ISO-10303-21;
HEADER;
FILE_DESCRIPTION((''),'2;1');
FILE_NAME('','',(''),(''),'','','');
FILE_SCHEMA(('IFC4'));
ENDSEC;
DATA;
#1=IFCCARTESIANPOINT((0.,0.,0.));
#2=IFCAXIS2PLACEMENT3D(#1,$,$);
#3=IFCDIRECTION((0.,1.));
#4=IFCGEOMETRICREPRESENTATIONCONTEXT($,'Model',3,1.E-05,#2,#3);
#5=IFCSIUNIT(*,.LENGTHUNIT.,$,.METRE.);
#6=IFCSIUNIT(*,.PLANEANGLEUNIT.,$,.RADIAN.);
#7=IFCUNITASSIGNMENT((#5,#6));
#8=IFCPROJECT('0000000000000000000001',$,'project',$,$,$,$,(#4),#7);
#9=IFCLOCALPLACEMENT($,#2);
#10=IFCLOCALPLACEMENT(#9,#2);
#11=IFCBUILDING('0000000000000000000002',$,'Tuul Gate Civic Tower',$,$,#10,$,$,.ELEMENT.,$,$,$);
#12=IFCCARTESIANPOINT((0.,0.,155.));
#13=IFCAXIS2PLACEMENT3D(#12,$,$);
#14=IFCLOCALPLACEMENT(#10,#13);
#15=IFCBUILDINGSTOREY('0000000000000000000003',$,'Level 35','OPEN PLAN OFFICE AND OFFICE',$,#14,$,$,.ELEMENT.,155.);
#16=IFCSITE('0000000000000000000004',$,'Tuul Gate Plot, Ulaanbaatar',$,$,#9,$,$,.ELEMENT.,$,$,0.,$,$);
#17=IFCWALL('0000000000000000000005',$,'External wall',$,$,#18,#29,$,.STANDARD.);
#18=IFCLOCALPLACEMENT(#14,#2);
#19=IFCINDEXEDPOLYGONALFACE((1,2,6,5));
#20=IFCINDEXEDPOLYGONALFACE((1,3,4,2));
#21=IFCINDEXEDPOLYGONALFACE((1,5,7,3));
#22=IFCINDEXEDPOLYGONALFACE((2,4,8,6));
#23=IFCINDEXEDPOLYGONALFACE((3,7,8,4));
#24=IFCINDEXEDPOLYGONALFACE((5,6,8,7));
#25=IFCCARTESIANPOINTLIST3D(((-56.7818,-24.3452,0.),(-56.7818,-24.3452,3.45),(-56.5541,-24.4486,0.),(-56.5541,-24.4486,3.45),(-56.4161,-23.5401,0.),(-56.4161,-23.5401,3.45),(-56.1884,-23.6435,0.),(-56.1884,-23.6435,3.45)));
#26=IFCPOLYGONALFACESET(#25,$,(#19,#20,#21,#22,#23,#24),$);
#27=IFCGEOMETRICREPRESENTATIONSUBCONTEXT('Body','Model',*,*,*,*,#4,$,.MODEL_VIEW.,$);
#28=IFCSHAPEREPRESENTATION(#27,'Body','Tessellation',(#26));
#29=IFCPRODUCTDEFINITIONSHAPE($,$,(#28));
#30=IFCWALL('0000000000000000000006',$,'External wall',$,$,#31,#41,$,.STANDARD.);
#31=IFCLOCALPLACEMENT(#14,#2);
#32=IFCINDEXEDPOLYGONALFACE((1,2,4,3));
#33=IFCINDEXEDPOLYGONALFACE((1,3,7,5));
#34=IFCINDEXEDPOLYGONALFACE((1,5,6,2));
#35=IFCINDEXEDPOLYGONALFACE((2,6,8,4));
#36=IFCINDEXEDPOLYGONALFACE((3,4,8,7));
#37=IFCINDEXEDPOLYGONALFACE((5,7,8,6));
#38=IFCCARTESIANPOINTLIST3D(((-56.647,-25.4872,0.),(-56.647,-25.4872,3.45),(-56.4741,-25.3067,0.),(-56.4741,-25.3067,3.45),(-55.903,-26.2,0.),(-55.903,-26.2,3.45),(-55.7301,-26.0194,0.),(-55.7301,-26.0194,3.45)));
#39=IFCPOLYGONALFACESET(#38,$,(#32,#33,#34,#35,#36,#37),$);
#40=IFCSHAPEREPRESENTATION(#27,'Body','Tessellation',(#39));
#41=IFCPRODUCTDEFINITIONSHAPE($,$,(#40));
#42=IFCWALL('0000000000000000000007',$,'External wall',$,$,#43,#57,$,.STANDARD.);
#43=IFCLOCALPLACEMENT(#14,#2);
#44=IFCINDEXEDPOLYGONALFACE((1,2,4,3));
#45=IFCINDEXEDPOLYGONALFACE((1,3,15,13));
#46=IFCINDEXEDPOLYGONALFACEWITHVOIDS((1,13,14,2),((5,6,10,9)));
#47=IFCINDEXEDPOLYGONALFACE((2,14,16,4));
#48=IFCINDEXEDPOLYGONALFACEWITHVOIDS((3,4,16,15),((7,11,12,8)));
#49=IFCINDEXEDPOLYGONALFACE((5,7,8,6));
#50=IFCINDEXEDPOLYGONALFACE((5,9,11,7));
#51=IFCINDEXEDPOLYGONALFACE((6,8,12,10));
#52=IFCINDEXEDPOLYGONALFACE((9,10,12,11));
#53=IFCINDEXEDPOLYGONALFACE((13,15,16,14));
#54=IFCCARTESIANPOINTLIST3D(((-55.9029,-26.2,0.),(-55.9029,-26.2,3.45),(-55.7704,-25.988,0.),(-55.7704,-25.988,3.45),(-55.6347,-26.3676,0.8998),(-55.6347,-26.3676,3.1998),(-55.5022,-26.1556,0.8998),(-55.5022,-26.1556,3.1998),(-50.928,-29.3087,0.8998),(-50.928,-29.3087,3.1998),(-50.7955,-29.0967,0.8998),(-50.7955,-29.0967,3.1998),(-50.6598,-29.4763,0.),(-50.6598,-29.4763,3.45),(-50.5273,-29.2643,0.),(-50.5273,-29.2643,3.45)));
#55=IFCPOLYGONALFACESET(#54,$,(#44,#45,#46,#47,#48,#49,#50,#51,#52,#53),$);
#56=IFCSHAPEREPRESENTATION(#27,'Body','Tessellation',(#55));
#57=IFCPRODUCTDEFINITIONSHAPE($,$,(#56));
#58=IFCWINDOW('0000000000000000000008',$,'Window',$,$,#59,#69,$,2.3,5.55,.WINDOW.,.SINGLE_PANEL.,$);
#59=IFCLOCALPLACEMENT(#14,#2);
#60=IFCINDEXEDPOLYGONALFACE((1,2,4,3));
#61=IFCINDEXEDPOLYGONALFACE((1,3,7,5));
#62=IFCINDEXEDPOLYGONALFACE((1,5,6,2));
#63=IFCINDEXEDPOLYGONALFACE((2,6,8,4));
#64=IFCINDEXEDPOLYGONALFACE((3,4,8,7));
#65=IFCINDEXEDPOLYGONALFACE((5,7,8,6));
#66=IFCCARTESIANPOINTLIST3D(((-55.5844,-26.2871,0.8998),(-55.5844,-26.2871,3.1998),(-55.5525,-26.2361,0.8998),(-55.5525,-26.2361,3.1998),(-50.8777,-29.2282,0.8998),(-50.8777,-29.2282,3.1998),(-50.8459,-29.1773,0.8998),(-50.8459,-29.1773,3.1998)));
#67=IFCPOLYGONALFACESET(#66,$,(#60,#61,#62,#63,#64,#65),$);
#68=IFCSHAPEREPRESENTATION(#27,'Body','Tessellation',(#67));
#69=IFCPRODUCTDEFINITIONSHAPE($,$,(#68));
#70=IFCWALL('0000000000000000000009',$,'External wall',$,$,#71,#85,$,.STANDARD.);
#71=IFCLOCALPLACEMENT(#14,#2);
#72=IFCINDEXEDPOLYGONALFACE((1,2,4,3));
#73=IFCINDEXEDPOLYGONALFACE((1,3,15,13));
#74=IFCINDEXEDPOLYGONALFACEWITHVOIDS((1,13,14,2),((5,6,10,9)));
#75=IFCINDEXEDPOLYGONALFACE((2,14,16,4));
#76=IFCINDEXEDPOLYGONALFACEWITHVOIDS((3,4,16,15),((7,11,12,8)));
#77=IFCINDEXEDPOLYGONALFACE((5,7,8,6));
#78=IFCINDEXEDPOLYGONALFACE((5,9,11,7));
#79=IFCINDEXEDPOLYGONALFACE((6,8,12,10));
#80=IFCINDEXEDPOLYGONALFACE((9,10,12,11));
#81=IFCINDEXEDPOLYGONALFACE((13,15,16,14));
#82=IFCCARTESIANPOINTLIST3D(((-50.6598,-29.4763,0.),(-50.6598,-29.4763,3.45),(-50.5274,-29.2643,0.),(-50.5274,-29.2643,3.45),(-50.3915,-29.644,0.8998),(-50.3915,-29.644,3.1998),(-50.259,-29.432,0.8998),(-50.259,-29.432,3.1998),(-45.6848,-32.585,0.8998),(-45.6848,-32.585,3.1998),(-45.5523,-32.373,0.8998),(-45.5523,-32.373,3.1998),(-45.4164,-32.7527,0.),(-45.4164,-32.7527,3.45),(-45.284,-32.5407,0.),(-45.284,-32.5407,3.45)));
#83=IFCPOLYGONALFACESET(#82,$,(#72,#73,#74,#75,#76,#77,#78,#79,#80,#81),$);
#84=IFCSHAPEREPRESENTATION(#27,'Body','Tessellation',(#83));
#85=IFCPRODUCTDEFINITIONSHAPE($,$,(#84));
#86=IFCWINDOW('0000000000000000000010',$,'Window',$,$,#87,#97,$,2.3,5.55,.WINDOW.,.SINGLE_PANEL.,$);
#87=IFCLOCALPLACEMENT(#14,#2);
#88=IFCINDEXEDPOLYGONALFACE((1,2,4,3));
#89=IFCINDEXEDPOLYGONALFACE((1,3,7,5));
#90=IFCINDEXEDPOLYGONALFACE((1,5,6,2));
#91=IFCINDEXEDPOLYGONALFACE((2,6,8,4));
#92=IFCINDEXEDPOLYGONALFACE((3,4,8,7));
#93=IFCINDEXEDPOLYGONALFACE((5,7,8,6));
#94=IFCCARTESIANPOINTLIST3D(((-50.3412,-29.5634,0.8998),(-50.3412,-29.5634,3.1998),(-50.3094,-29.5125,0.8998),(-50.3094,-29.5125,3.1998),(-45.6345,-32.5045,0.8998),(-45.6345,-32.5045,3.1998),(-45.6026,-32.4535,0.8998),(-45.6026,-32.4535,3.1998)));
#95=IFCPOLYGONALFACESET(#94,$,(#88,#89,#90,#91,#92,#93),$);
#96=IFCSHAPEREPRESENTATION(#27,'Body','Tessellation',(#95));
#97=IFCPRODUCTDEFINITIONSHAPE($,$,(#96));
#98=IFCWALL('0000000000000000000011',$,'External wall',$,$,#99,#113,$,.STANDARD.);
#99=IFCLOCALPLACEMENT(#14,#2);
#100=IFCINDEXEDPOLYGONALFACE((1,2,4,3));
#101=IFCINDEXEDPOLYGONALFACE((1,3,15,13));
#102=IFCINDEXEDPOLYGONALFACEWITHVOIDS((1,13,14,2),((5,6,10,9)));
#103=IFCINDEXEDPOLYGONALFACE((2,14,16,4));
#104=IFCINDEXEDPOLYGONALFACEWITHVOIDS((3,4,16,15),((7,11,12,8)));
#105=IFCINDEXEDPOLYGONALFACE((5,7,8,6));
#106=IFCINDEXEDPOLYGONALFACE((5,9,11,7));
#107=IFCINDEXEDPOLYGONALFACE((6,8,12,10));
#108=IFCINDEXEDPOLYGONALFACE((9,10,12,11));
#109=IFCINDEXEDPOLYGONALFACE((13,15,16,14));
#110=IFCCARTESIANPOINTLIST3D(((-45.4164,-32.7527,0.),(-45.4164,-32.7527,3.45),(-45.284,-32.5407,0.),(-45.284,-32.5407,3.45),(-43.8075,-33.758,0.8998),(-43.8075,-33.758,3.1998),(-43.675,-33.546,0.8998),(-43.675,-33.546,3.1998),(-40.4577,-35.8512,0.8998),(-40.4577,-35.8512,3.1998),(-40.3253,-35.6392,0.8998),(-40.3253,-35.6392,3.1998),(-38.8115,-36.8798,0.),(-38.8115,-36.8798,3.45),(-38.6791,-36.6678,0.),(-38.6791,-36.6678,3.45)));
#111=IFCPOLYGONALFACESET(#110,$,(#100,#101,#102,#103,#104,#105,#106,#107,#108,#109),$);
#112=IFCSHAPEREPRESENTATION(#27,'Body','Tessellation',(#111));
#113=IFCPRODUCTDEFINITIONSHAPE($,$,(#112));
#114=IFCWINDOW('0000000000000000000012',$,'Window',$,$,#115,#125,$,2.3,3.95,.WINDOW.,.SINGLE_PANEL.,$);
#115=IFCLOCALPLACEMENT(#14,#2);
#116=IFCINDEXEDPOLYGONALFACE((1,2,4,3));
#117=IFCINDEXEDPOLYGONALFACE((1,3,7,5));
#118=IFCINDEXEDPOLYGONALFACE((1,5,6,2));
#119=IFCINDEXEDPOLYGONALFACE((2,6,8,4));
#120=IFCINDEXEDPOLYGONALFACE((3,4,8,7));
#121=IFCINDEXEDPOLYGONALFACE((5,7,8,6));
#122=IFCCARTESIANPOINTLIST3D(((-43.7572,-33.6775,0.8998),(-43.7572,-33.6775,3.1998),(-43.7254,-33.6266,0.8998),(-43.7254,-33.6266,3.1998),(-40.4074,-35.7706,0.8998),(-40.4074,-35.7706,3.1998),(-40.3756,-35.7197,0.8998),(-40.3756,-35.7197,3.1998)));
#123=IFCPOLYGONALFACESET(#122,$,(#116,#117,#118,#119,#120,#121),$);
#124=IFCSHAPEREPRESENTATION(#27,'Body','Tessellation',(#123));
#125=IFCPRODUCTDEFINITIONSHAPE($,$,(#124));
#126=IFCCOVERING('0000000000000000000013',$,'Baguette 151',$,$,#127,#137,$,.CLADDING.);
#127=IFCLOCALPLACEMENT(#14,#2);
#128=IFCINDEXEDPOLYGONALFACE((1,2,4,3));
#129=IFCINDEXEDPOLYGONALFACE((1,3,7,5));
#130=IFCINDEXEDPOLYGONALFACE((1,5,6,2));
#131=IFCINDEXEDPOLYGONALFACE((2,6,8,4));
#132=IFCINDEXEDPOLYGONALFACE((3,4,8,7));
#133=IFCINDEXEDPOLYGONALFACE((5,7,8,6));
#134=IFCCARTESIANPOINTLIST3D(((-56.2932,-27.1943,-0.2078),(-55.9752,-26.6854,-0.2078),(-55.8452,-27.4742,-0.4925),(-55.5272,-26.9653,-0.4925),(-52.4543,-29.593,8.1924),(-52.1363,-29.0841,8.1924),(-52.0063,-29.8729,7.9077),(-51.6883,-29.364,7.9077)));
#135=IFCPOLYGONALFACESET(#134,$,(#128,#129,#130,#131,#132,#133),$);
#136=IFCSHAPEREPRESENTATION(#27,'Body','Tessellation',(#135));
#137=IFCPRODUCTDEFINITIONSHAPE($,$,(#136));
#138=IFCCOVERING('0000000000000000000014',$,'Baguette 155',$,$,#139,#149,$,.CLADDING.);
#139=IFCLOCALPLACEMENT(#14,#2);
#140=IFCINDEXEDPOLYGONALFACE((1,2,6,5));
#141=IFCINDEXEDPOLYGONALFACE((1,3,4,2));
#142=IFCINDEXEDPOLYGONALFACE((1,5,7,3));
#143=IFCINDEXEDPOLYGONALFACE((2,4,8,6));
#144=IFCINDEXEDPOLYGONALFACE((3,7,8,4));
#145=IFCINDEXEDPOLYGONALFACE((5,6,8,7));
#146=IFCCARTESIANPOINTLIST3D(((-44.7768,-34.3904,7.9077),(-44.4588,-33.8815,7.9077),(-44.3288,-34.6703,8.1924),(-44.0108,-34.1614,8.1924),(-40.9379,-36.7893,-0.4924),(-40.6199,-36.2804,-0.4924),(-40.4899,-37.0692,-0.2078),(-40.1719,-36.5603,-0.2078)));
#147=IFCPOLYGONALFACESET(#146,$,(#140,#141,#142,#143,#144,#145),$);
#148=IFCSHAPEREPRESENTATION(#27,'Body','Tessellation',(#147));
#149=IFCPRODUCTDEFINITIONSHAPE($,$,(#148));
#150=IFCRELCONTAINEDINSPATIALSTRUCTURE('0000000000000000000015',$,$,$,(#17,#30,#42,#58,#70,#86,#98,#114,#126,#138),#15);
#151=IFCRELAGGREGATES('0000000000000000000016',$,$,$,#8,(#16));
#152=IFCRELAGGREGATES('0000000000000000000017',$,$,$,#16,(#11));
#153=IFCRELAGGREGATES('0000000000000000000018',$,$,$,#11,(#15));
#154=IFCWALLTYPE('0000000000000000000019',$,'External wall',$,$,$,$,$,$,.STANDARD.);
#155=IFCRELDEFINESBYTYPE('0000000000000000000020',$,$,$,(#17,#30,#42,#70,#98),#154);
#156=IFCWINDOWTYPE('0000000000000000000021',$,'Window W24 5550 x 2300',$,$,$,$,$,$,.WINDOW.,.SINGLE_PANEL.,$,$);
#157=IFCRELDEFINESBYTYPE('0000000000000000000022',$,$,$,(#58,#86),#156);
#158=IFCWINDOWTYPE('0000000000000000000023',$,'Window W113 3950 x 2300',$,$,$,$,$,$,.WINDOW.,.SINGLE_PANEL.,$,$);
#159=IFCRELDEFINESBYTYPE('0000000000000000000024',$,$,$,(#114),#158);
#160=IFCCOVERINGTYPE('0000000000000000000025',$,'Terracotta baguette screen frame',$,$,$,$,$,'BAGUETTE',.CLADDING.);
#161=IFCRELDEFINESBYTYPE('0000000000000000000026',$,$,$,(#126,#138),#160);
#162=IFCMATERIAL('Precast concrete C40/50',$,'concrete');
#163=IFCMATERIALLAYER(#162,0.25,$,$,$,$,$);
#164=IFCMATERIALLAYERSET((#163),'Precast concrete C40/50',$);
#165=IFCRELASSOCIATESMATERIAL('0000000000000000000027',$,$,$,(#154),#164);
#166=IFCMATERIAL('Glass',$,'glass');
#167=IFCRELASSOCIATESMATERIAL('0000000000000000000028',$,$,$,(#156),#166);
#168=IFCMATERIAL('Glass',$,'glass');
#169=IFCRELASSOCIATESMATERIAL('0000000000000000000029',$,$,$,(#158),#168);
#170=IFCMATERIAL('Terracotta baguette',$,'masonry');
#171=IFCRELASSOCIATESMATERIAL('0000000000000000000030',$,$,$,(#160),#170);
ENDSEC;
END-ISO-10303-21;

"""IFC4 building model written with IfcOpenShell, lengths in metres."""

from ifc_helpers import new_model, si_unit, direction, frame, frame_2d, origin, origin_2d, place, context, subcontext, project, spatial, rectangle, extrude, material, layer, layer_set, material_profile, profile_set, type_object, element, fill, save


model = new_model("IFC4")

# Units and contexts
model_context = context("Model", 3, precision=1e-05, world=origin(), true_north=direction((0.0, 1.0)))
body_context = subcontext(model_context, "Body", "Model", "MODEL_VIEW")
ifc_project = project(units=[si_unit("LENGTHUNIT", "METRE"), si_unit("PLANEANGLEUNIT", "RADIAN")], contexts=[model_context])

# Site, building, storey
site_placement = place(None, origin())
site = spatial("IfcSite", under=ifc_project, at=site_placement, Name="Tuul Gate Plot, Ulaanbaatar", CompositionType="ELEMENT", RefElevation=0.0)
building_placement = place(site_placement, origin())
building = spatial("IfcBuilding", under=site, at=building_placement, Name="Tuul Gate Civic Tower", CompositionType="ELEMENT")
storey_placement = place(building_placement, frame((0.0, 0.0, 155.0)))
storey = spatial("IfcBuildingStorey", under=building, at=storey_placement, Name="Level 35", Description="OPEN PLAN OFFICE AND OFFICE", CompositionType="ELEMENT", Elevation=155.0)

# Walls
ifc_material_1 = material(Name="Precast concrete C40/50", Category="concrete")
ifc_layer_1 = layer(ifc_material_1, 0.25)
ifc_layer_set_1 = layer_set([ifc_layer_1], Name="Precast concrete C40/50")
wall_type_1 = type_object("IfcWallType", Name="External wall", PredefinedType="STANDARD", material=ifc_layer_set_1)
wall_1_placement = place(storey_placement, frame((-56.3022, -23.5918, 0.0), z_axis=(0.0, 0.0, 1.0), x_axis=(-0.413553, -0.91048, 0.0)))
element("IfcWall", 1, at=wall_1_placement, inside=storey, type_object=wall_type_1, Name="External wall", PredefinedType="STANDARD", context=body_context, shape_type="SweptSolid", body=[
    extrude(rectangle(XDim=0.8843, YDim=0.25, at=frame_2d((0.4421, 0.0))), origin(), (0.0, 0.0, 1.0), 3.45),
])
wall_2_placement = place(storey_placement, frame((-56.5605, -25.397, 0.0), z_axis=(0.0, 0.0, 1.0), x_axis=(0.722112, -0.691777, 0.0)))
element("IfcWall", 2, at=wall_2_placement, inside=storey, type_object=wall_type_1, Name="External wall", PredefinedType="STANDARD", context=body_context, shape_type="SweptSolid", body=[
    extrude(rectangle(XDim=1.0303, YDim=0.25, at=frame_2d((0.5151, 0.0))), origin(), (0.0, 0.0, 1.0), 3.45),
])

# Walls, openings, windows
wall_3_placement = place(storey_placement, frame((-55.8367, -26.094, 0.0), z_axis=(0.0, 0.0, 1.0), x_axis=(0.848043, -0.529928, 0.0)))
wall_3 = element("IfcWall", 3, at=wall_3_placement, inside=storey, type_object=wall_type_1, Name="External wall", PredefinedType="STANDARD", context=body_context, shape_type="SweptSolid", body=[
    extrude(rectangle(XDim=6.1826, YDim=0.25, at=frame_2d((3.0913, 0.0))), origin(), (0.0, 0.0, 1.0), 3.45),
])
opening_1_placement = place(wall_3_placement, frame((0.3164, 0.0, 0.8999)))
opening_1 = element("IfcOpeningElement", 4, at=opening_1_placement, cuts=wall_3, PredefinedType="OPENING", context=body_context, shape_type="SweptSolid", body=[
    extrude(rectangle(XDim=5.55, YDim=2.3, at=frame_2d((2.7749, 1.1499))), frame((0.0, 0.135, 0.0), z_axis=(0.0, -1.0, 0.0), x_axis=(1.0, 0.0, 0.0)), (0.0, 0.0, 1.0), 0.27),
])
ifc_material_2 = material(Name="Glass", Category="glass")
window_type_1 = type_object("IfcWindowType", Name="Window W24 5550 x 2300", PartitioningType="SINGLE_PANEL", PredefinedType="WINDOW", material=ifc_material_2)
window_1_placement = place(opening_1_placement, origin())
window_1 = element("IfcWindow", 5, at=window_1_placement, inside=storey, type_object=window_type_1, Name="Window", OverallHeight=2.3, OverallWidth=5.55, PartitioningType="SINGLE_PANEL", PredefinedType="WINDOW", context=body_context, shape_type="SweptSolid", body=[
    extrude(rectangle(XDim=5.55, YDim=2.3, at=frame_2d((2.7749, 1.1499))), frame((0.0, 0.03, 0.0), z_axis=(0.0, -1.0, 0.0), x_axis=(1.0, 0.0, 0.0)), (0.0, 0.0, 1.0), 0.0601),
])
fill(opening_1, window_1)
wall_4_placement = place(storey_placement, frame((-50.5935, -29.3704, 0.0), z_axis=(0.0, 0.0, 1.0), x_axis=(0.848054, -0.52991, 0.0)))
wall_4 = element("IfcWall", 6, at=wall_4_placement, inside=storey, type_object=wall_type_1, Name="External wall", PredefinedType="STANDARD", context=body_context, shape_type="SweptSolid", body=[
    extrude(rectangle(XDim=6.1829, YDim=0.25, at=frame_2d((3.0913, 0.0))), origin(), (0.0, 0.0, 1.0), 3.45),
])
opening_2_placement = place(wall_4_placement, frame((0.3164, 0.0, 0.8999)))
opening_2 = element("IfcOpeningElement", 7, at=opening_2_placement, cuts=wall_4, PredefinedType="OPENING", context=body_context, shape_type="SweptSolid", body=[
    extrude(rectangle(XDim=5.55, YDim=2.3, at=frame_2d((2.7749, 1.1499))), frame((0.0, 0.135, 0.0), z_axis=(0.0, -1.0, 0.0), x_axis=(1.0, 0.0, 0.0)), (0.0, 0.0, 1.0), 0.27),
])
window_2_placement = place(opening_2_placement, origin())
window_2 = element("IfcWindow", 8, at=window_2_placement, inside=storey, type_object=window_type_1, Name="Window", OverallHeight=2.3, OverallWidth=5.55, PartitioningType="SINGLE_PANEL", PredefinedType="WINDOW", context=body_context, shape_type="SweptSolid", body=[
    extrude(rectangle(XDim=5.55, YDim=2.3, at=frame_2d((2.7749, 1.1499))), frame((0.0, 0.03, 0.0), z_axis=(0.0, -1.0, 0.0), x_axis=(1.0, 0.0, 0.0)), (0.0, 0.0, 1.0), 0.0601),
])
fill(opening_2, window_2)
wall_5_placement = place(storey_placement, frame((-45.3501, -32.6467, 0.0), z_axis=(0.0, 0.0, 1.0), x_axis=(0.848051, -0.529914, 0.0)))
wall_5 = element("IfcWall", 9, at=wall_5_placement, inside=storey, type_object=wall_type_1, Name="External wall", PredefinedType="STANDARD", context=body_context, shape_type="SweptSolid", body=[
    extrude(rectangle(XDim=7.7883, YDim=0.25, at=frame_2d((3.894, 0.0))), origin(), (0.0, 0.0, 1.0), 3.45),
])
opening_3_placement = place(wall_5_placement, frame((1.897, 0.0, 0.8999)))
opening_3 = element("IfcOpeningElement", 10, at=opening_3_placement, cuts=wall_5, PredefinedType="OPENING", context=body_context, shape_type="SweptSolid", body=[
    extrude(rectangle(XDim=3.95, YDim=2.3, at=frame_2d((1.9751, 1.1499))), frame((0.0, 0.135, 0.0), z_axis=(0.0, -1.0, 0.0), x_axis=(1.0, 0.0, 0.0)), (0.0, 0.0, 1.0), 0.27),
])
ifc_material_3 = material(Name="Glass", Category="glass")
window_type_2 = type_object("IfcWindowType", Name="Window W113 3950 x 2300", PartitioningType="SINGLE_PANEL", PredefinedType="WINDOW", material=ifc_material_3)
window_3_placement = place(opening_3_placement, origin())
window_3 = element("IfcWindow", 11, at=window_3_placement, inside=storey, type_object=window_type_2, Name="Window", OverallHeight=2.3, OverallWidth=3.95, PartitioningType="SINGLE_PANEL", PredefinedType="WINDOW", context=body_context, shape_type="SweptSolid", body=[
    extrude(rectangle(XDim=3.95, YDim=2.3, at=frame_2d((1.9751, 1.1499))), frame((0.0, 0.03, 0.0), z_axis=(0.0, -1.0, 0.0), x_axis=(1.0, 0.0, 0.0)), (0.0, 0.0, 1.0), 0.0601),
])
fill(opening_3, window_3)

# Coverings
ifc_material_4 = material(Name="Terracotta baguette", Category="masonry")
ifc_material_profile_1 = material_profile(ifc_material_4, rectangle(XDim=0.6001, YDim=0.6001, at=origin_2d()), Name="Terracotta baguette screen frame")
ifc_profile_set_1 = profile_set([ifc_material_profile_1], Name="Terracotta baguette")
covering_type = type_object("IfcCoveringType", Name="Terracotta baguette screen frame", ElementType="BAGUETTE", PredefinedType="CLADDING", material=ifc_profile_set_1)
for number, where, z_axis, x_axis, name in (
    (12, (-52.0713, -29.4785, 8.05), (-0.402305, 0.251377, -0.880318), (-0.529902, -0.848059, 0.0), "Baguette 151"),
    (13, (-44.3938, -34.2759, 8.05), (0.402303, -0.251401, -0.880312), (0.529941, 0.848035, 0.0), "Baguette 155"),
):
    element("IfcCovering", number, at=place(storey_placement, frame(where, z_axis=z_axis, x_axis=x_axis)), inside=storey, type_object=covering_type, Name=name, PredefinedType="CLADDING", context=body_context, shape_type="SweptSolid", body=[
        extrude(rectangle(XDim=0.6001, YDim=0.6001, at=origin_2d()), origin(), (0.0, 0.0, 1.0), 9.5422),
    ])

save(model, "model.ifc")
